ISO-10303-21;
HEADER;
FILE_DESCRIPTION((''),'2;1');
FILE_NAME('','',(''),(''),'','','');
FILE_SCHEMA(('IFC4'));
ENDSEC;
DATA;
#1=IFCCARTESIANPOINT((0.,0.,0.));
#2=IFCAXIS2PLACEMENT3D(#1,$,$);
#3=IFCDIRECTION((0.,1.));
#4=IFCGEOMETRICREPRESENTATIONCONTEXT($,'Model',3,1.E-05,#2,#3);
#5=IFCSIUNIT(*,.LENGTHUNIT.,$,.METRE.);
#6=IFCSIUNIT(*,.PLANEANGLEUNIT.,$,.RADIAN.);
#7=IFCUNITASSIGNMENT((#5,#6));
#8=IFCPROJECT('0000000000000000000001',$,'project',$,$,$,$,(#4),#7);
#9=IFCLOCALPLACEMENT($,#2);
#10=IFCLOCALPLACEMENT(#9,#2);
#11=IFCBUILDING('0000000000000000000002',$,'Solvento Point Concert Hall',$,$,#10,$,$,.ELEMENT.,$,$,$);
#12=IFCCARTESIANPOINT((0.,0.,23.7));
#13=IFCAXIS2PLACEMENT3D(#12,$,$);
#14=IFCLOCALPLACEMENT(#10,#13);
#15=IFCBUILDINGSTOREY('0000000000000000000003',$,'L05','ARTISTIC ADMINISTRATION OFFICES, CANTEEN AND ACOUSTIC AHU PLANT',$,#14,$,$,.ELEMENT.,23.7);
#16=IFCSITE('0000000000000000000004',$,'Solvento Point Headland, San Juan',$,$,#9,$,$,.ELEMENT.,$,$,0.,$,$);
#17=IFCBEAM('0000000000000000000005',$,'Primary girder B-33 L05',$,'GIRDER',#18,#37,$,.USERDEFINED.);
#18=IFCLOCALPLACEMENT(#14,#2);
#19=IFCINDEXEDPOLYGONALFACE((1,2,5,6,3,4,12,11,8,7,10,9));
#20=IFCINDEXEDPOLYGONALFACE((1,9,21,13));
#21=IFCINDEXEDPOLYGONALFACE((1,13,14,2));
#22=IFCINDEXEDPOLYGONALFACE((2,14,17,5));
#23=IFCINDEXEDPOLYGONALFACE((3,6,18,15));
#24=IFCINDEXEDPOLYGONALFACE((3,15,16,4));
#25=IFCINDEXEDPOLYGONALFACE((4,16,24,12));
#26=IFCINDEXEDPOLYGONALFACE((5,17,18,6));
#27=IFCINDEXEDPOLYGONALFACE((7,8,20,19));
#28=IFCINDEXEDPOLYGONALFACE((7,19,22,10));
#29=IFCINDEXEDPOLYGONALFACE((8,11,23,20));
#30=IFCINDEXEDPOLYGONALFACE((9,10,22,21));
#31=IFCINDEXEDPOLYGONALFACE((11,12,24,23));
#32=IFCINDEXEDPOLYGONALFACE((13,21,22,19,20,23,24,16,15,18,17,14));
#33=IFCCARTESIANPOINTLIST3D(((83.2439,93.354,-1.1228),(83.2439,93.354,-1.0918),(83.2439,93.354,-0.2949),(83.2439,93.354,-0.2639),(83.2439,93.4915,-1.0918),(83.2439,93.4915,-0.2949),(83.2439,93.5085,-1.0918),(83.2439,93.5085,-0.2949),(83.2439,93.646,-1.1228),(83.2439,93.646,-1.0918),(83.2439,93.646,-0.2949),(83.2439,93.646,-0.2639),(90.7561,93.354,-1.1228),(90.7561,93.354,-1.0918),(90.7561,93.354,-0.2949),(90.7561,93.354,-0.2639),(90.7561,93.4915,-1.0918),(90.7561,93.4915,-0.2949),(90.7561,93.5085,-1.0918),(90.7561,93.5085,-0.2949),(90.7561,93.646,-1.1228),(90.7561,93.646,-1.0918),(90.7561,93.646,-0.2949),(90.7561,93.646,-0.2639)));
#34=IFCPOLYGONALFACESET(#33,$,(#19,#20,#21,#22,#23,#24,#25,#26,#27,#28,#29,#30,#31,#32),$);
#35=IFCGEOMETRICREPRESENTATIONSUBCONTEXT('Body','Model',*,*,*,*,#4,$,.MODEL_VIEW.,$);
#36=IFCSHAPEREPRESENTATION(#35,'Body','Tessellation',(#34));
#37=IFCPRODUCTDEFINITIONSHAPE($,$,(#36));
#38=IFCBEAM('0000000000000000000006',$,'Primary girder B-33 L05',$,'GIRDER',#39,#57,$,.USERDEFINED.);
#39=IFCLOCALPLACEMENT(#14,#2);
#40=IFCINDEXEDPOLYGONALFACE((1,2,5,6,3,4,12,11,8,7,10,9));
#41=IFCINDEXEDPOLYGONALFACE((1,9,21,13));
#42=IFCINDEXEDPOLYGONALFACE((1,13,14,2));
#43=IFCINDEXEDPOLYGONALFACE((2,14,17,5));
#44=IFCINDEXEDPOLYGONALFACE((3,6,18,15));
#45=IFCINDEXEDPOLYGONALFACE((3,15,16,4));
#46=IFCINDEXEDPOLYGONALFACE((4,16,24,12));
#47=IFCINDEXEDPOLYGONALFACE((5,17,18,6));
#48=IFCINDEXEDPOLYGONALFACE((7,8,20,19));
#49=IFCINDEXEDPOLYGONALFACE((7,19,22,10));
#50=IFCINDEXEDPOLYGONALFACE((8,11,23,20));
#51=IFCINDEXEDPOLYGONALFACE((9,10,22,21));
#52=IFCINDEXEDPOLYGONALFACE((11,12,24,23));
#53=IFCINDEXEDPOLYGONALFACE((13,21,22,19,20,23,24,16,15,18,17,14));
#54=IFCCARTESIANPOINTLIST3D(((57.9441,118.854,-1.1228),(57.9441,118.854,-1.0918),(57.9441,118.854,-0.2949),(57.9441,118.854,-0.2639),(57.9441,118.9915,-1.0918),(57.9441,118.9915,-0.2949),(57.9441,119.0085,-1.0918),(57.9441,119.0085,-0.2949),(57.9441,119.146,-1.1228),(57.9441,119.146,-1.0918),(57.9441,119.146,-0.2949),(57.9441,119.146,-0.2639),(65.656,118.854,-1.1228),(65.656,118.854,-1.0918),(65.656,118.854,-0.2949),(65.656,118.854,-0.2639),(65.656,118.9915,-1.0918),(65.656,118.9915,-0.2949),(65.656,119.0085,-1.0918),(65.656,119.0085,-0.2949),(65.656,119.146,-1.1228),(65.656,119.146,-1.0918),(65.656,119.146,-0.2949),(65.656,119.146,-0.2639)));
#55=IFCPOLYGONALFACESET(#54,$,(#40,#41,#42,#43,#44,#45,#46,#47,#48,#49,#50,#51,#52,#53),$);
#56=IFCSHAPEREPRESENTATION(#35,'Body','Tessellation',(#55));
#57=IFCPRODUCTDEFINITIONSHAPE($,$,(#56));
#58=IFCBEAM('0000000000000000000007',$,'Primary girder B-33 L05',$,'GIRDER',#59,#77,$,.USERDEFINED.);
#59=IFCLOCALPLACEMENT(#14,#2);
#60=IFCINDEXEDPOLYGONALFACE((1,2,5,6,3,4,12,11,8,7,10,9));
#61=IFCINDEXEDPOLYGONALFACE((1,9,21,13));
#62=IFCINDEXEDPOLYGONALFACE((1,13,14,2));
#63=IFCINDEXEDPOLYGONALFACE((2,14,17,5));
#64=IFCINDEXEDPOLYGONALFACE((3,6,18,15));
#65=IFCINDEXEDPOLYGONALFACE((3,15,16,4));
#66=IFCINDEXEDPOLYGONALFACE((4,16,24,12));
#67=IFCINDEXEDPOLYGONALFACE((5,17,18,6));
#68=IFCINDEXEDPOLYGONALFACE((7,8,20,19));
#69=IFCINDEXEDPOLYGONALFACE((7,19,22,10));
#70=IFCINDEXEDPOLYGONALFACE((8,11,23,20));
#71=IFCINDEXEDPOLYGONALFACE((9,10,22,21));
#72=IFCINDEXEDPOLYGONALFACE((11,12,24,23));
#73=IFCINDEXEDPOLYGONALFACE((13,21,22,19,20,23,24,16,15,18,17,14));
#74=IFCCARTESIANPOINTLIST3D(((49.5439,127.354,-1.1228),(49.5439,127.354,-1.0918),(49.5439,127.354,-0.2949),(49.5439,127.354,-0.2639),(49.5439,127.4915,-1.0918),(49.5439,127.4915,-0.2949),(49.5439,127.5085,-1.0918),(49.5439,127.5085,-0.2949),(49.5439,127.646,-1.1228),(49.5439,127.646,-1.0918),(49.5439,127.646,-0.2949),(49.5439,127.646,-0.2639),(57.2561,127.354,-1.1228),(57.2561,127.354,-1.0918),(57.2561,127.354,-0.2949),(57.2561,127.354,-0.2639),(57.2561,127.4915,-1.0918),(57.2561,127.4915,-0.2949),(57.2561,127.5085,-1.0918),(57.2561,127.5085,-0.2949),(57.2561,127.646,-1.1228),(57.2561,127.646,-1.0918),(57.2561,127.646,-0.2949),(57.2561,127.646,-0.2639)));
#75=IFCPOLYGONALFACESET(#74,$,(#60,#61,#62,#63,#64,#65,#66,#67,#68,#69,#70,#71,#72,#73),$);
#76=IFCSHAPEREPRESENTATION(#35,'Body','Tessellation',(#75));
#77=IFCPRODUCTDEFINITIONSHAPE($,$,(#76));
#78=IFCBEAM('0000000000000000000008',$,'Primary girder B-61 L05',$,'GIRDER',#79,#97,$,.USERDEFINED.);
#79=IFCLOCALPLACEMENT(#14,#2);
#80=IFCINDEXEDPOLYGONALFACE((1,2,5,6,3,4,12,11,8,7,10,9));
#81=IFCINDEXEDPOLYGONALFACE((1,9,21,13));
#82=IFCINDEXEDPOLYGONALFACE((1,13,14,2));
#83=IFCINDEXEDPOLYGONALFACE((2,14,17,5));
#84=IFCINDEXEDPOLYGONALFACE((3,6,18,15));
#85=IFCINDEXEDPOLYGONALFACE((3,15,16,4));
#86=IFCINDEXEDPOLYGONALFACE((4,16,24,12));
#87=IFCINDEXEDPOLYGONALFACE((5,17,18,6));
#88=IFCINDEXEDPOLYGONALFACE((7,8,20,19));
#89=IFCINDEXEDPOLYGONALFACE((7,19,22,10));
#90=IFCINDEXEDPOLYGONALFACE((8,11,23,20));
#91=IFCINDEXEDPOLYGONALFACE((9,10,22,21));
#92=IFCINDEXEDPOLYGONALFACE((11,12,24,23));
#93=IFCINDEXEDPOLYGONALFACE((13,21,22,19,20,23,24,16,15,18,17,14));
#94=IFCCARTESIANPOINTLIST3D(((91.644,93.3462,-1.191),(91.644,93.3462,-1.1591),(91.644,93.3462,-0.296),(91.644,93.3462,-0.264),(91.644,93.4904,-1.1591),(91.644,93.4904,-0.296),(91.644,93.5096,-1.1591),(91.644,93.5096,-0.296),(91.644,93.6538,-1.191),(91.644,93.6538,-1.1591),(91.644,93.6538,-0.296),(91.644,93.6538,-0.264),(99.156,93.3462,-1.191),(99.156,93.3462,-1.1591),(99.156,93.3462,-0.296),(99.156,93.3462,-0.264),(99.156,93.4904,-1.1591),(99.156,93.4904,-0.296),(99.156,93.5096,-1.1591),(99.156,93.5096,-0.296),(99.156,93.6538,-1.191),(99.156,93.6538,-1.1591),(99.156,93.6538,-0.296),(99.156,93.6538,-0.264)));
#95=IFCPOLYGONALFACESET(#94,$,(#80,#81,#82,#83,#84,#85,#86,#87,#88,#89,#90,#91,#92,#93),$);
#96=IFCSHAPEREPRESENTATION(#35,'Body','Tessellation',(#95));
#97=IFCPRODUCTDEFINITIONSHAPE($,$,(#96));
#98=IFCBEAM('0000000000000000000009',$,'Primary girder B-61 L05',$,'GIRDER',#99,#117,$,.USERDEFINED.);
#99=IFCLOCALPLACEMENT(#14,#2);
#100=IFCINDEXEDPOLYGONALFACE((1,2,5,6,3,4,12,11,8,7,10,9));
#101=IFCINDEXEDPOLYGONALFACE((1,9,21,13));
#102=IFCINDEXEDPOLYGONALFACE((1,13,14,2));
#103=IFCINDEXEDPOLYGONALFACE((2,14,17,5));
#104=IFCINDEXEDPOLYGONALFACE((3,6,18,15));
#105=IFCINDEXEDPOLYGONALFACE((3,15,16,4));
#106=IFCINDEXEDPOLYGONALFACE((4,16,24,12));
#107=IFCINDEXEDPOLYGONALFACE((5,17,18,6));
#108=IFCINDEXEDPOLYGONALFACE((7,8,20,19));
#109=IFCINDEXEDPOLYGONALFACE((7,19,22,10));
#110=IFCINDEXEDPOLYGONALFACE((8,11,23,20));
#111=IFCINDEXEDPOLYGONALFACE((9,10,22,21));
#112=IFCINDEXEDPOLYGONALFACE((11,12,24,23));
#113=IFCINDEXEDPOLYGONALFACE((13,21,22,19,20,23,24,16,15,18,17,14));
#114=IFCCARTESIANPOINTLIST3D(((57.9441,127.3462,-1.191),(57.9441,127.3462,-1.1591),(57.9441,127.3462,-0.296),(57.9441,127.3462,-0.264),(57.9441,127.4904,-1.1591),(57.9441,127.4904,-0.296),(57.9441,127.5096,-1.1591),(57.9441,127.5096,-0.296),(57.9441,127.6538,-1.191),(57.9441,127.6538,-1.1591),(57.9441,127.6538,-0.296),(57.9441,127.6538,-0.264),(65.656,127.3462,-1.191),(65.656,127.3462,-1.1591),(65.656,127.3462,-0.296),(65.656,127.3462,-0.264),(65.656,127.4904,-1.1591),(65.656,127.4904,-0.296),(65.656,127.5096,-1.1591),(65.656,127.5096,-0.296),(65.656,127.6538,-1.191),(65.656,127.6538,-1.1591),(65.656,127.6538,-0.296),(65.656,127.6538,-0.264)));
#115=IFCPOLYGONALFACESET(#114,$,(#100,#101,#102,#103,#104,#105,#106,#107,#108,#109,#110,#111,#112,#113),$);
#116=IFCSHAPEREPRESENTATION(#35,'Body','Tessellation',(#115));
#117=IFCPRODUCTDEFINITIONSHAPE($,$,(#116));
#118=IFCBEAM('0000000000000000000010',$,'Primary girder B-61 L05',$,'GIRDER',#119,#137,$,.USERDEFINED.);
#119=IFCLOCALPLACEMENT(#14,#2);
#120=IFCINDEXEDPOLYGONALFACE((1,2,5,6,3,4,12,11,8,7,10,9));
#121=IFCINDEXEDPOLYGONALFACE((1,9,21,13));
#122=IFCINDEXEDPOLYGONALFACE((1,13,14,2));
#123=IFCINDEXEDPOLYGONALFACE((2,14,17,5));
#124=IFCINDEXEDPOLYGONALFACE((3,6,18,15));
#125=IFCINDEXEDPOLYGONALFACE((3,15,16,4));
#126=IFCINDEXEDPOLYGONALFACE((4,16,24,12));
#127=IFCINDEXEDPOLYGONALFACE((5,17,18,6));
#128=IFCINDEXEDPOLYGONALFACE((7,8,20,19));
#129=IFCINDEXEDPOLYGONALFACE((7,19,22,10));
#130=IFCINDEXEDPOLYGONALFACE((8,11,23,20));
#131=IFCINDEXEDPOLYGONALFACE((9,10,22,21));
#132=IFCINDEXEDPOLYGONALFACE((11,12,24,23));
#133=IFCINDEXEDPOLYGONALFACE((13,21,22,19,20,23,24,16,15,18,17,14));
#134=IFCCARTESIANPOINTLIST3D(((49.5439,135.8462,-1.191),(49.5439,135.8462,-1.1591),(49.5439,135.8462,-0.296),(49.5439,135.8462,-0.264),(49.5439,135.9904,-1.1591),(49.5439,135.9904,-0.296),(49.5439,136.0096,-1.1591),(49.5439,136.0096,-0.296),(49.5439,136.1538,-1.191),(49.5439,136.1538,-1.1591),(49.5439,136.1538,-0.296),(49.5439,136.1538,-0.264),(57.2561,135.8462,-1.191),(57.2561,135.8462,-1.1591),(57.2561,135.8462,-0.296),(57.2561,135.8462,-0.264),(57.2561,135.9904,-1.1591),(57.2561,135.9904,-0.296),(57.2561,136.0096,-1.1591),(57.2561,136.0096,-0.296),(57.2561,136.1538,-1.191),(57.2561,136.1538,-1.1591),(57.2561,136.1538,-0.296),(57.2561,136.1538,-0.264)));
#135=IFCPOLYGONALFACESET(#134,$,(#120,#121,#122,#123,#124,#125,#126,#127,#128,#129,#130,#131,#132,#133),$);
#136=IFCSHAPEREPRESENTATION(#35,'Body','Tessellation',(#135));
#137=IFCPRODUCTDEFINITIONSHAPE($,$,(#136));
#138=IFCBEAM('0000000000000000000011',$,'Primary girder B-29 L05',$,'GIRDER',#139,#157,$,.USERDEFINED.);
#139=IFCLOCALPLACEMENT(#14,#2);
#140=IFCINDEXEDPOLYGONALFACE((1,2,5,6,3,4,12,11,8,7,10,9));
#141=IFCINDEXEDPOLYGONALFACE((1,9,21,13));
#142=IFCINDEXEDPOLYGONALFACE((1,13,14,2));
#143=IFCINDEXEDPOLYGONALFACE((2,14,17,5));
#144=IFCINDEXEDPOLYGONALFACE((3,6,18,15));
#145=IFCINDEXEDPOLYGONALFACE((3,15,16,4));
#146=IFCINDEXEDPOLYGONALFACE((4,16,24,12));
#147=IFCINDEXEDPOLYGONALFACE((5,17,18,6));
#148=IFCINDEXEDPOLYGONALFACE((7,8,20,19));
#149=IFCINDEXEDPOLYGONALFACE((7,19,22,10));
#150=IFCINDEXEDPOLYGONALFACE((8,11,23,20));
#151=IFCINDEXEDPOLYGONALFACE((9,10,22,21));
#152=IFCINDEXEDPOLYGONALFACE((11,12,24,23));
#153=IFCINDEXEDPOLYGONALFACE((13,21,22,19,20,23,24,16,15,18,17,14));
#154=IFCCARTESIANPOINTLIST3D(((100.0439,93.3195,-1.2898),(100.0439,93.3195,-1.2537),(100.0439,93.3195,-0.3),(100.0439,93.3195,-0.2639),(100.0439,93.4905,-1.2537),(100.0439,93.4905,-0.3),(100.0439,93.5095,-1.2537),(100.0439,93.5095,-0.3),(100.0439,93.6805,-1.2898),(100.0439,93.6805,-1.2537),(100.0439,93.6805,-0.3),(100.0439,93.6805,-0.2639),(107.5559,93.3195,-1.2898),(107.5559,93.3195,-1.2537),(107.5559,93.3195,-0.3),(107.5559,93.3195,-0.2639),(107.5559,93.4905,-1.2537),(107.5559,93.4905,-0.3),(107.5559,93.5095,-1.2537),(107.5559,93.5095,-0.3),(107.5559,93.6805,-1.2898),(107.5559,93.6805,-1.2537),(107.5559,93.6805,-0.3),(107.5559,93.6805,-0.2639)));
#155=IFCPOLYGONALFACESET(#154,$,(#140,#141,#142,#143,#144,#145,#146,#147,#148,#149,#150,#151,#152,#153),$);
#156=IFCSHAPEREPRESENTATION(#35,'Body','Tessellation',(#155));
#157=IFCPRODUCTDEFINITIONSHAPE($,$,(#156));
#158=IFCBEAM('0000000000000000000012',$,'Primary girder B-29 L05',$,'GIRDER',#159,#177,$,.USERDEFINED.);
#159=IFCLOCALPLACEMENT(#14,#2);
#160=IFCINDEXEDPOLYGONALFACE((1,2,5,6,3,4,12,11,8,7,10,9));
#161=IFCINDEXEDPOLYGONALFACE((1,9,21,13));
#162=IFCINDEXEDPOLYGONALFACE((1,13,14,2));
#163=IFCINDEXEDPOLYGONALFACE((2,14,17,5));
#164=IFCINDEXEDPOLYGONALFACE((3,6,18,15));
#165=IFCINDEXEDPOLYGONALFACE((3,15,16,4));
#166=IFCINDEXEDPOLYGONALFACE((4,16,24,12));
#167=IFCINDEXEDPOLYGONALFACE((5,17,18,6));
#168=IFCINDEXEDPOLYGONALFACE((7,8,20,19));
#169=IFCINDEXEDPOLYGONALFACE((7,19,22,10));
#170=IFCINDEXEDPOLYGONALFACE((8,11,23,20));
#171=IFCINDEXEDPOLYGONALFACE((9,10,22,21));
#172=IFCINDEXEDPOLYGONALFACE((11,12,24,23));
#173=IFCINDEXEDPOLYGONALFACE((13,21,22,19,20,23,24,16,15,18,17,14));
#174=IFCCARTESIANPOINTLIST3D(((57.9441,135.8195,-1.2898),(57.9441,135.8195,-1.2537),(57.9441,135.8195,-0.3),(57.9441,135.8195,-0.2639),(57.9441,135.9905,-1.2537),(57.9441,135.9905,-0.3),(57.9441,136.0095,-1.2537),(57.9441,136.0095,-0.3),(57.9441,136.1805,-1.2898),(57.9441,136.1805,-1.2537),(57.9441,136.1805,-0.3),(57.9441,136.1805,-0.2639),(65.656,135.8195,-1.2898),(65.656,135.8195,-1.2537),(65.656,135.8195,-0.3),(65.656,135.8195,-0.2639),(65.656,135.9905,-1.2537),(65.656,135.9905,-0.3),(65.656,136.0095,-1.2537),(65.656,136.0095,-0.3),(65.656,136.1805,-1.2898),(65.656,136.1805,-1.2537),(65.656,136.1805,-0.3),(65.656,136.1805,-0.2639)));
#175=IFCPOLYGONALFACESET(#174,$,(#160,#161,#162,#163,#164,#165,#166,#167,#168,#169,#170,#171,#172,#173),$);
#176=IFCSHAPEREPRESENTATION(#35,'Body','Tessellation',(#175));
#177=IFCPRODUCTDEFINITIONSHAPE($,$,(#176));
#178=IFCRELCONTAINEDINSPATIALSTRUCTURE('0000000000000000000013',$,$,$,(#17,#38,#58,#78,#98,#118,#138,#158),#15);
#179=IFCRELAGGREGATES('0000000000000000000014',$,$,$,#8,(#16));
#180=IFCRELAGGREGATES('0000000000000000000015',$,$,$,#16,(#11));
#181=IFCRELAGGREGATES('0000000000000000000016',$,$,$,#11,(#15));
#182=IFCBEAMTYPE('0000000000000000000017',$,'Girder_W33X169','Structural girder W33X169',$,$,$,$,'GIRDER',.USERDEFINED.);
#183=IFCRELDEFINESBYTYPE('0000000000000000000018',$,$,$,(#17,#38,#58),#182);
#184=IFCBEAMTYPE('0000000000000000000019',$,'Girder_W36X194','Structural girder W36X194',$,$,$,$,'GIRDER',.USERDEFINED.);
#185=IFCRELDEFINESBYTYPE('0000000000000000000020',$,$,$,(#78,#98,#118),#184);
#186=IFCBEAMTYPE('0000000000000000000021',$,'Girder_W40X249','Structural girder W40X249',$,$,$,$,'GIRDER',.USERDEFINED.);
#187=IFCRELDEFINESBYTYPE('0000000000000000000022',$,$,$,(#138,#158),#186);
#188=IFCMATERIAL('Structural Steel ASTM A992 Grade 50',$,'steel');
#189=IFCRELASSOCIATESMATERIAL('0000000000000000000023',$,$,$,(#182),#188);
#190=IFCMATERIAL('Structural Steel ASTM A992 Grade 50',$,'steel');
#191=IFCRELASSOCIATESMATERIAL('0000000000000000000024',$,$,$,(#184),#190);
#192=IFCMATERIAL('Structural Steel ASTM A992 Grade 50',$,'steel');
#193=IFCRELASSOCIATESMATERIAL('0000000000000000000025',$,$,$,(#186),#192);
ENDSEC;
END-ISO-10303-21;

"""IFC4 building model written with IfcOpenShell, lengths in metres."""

from ifc_helpers import new_model, si_unit, direction, frame, origin, origin_2d, place, context, subcontext, project, spatial, i_section, extrude, material, material_profile, profile_set, type_object, element, save


model = new_model("IFC4")

# Units and contexts
model_context = context("Model", 3, precision=1e-05, world=origin(), true_north=direction((0.0, 1.0)))
body_context = subcontext(model_context, "Body", "Model", "MODEL_VIEW")
ifc_project = project(units=[si_unit("LENGTHUNIT", "METRE"), si_unit("PLANEANGLEUNIT", "RADIAN")], contexts=[model_context])

# Site, building, storey
site_placement = place(None, origin())
site = spatial("IfcSite", under=ifc_project, at=site_placement, Name="Solvento Point Headland, San Juan", CompositionType="ELEMENT", RefElevation=0.0)
building_placement = place(site_placement, origin())
building = spatial("IfcBuilding", under=site, at=building_placement, Name="Solvento Point Concert Hall", CompositionType="ELEMENT")
storey_placement = place(building_placement, frame((0.0, 0.0, 23.7)))
storey = spatial("IfcBuildingStorey", under=building, at=storey_placement, Name="L05", Description="ARTISTIC ADMINISTRATION OFFICES, CANTEEN AND ACOUSTIC AHU PLANT", CompositionType="ELEMENT", Elevation=23.7)

# Beams
ifc_material_1 = material(Name="Structural Steel ASTM A992 Grade 50", Category="steel")
ifc_material_profile_1 = material_profile(ifc_material_1, i_section(OverallWidth=0.292, OverallDepth=0.8589, WebThickness=0.0171, FlangeThickness=0.031, at=origin_2d()), Name="W33X169")
ifc_profile_set_1 = profile_set([ifc_material_profile_1], Name="Structural Steel ASTM A992 Grade 50")
beam_type_1 = type_object("IfcBeamType", Name="Girder_W33X169", Description="Structural girder W33X169", ElementType="GIRDER", PredefinedType="USERDEFINED", material=ifc_profile_set_1)
beam_1_placement = place(storey_placement, frame((83.2439, 93.5, -0.6934), z_axis=(1.0, 0.0, 0.0), x_axis=(0.0, 1.0, 0.0)))
element("IfcBeam", 1, at=beam_1_placement, inside=storey, type_object=beam_type_1, Name="Primary girder B-33 L05", ObjectType="GIRDER", PredefinedType="USERDEFINED", context=body_context, shape_type="SweptSolid", body=[
    extrude(i_section(OverallWidth=0.292, OverallDepth=0.8589, WebThickness=0.0171, FlangeThickness=0.031, at=origin_2d()), origin(), (0.0, 0.0, 1.0), 7.5122),
])
beam_2_placement = place(storey_placement, frame((57.9441, 119.0, -0.6934), z_axis=(1.0, 0.0, 0.0), x_axis=(0.0, 1.0, 0.0)))
element("IfcBeam", 2, at=beam_2_placement, inside=storey, type_object=beam_type_1, Name="Primary girder B-33 L05", ObjectType="GIRDER", PredefinedType="USERDEFINED", context=body_context, shape_type="SweptSolid", body=[
    extrude(i_section(OverallWidth=0.292, OverallDepth=0.8589, WebThickness=0.0171, FlangeThickness=0.031, at=origin_2d()), origin(), (0.0, 0.0, 1.0), 7.7119),
])
beam_3_placement = place(storey_placement, frame((49.5439, 127.5, -0.6934), z_axis=(1.0, 0.0, 0.0), x_axis=(0.0, 1.0, 0.0)))
element("IfcBeam", 3, at=beam_3_placement, inside=storey, type_object=beam_type_1, Name="Primary girder B-33 L05", ObjectType="GIRDER", PredefinedType="USERDEFINED", context=body_context, shape_type="SweptSolid", body=[
    extrude(i_section(OverallWidth=0.292, OverallDepth=0.8589, WebThickness=0.0171, FlangeThickness=0.031, at=origin_2d()), origin(), (0.0, 0.0, 1.0), 7.7122),
])
ifc_material_2 = material(Name="Structural Steel ASTM A992 Grade 50", Category="steel")
ifc_material_profile_2 = material_profile(ifc_material_2, i_section(OverallWidth=0.3076, OverallDepth=0.927, WebThickness=0.0193, FlangeThickness=0.032, at=origin_2d()), Name="W36X194")
ifc_profile_set_2 = profile_set([ifc_material_profile_2], Name="Structural Steel ASTM A992 Grade 50")
beam_type_2 = type_object("IfcBeamType", Name="Girder_W36X194", Description="Structural girder W36X194", ElementType="GIRDER", PredefinedType="USERDEFINED", material=ifc_profile_set_2)
beam_4_placement = place(storey_placement, frame((91.644, 93.5, -0.7275), z_axis=(1.0, 0.0, 0.0), x_axis=(0.0, 1.0, 0.0)))
element("IfcBeam", 4, at=beam_4_placement, inside=storey, type_object=beam_type_2, Name="Primary girder B-61 L05", ObjectType="GIRDER", PredefinedType="USERDEFINED", context=body_context, shape_type="SweptSolid", body=[
    extrude(i_section(OverallWidth=0.3076, OverallDepth=0.927, WebThickness=0.0193, FlangeThickness=0.032, at=origin_2d()), origin(), (0.0, 0.0, 1.0), 7.512),
])
beam_5_placement = place(storey_placement, frame((57.9441, 127.5, -0.7275), z_axis=(1.0, 0.0, 0.0), x_axis=(0.0, 1.0, 0.0)))
element("IfcBeam", 5, at=beam_5_placement, inside=storey, type_object=beam_type_2, Name="Primary girder B-61 L05", ObjectType="GIRDER", PredefinedType="USERDEFINED", context=body_context, shape_type="SweptSolid", body=[
    extrude(i_section(OverallWidth=0.3076, OverallDepth=0.927, WebThickness=0.0193, FlangeThickness=0.032, at=origin_2d()), origin(), (0.0, 0.0, 1.0), 7.7119),
])
beam_6_placement = place(storey_placement, frame((49.5439, 136.0, -0.7275), z_axis=(1.0, 0.0, 0.0), x_axis=(0.0, 1.0, 0.0)))
element("IfcBeam", 6, at=beam_6_placement, inside=storey, type_object=beam_type_2, Name="Primary girder B-61 L05", ObjectType="GIRDER", PredefinedType="USERDEFINED", context=body_context, shape_type="SweptSolid", body=[
    extrude(i_section(OverallWidth=0.3076, OverallDepth=0.927, WebThickness=0.0193, FlangeThickness=0.032, at=origin_2d()), origin(), (0.0, 0.0, 1.0), 7.7122),
])
ifc_material_3 = material(Name="Structural Steel ASTM A992 Grade 50", Category="steel")
ifc_material_profile_3 = material_profile(ifc_material_3, i_section(OverallWidth=0.3611, OverallDepth=1.0259, WebThickness=0.019, FlangeThickness=0.0361, at=origin_2d()), Name="W40X249")
ifc_profile_set_3 = profile_set([ifc_material_profile_3], Name="Structural Steel ASTM A992 Grade 50")
beam_type_3 = type_object("IfcBeamType", Name="Girder_W40X249", Description="Structural girder W40X249", ElementType="GIRDER", PredefinedType="USERDEFINED", material=ifc_profile_set_3)
beam_7_placement = place(storey_placement, frame((100.0439, 93.5, -0.7769), z_axis=(1.0, 0.0, 0.0), x_axis=(0.0, 1.0, 0.0)))
element("IfcBeam", 7, at=beam_7_placement, inside=storey, type_object=beam_type_3, Name="Primary girder B-29 L05", ObjectType="GIRDER", PredefinedType="USERDEFINED", context=body_context, shape_type="SweptSolid", body=[
    extrude(i_section(OverallWidth=0.3611, OverallDepth=1.0259, WebThickness=0.019, FlangeThickness=0.0361, at=origin_2d()), origin(), (0.0, 0.0, 1.0), 7.512),
])
beam_8_placement = place(storey_placement, frame((57.9441, 136.0, -0.7769), z_axis=(1.0, 0.0, 0.0), x_axis=(0.0, 1.0, 0.0)))
element("IfcBeam", 8, at=beam_8_placement, inside=storey, type_object=beam_type_3, Name="Primary girder B-29 L05", ObjectType="GIRDER", PredefinedType="USERDEFINED", context=body_context, shape_type="SweptSolid", body=[
    extrude(i_section(OverallWidth=0.3611, OverallDepth=1.0259, WebThickness=0.019, FlangeThickness=0.0361, at=origin_2d()), origin(), (0.0, 0.0, 1.0), 7.7119),
])

save(model, "model.ifc")
